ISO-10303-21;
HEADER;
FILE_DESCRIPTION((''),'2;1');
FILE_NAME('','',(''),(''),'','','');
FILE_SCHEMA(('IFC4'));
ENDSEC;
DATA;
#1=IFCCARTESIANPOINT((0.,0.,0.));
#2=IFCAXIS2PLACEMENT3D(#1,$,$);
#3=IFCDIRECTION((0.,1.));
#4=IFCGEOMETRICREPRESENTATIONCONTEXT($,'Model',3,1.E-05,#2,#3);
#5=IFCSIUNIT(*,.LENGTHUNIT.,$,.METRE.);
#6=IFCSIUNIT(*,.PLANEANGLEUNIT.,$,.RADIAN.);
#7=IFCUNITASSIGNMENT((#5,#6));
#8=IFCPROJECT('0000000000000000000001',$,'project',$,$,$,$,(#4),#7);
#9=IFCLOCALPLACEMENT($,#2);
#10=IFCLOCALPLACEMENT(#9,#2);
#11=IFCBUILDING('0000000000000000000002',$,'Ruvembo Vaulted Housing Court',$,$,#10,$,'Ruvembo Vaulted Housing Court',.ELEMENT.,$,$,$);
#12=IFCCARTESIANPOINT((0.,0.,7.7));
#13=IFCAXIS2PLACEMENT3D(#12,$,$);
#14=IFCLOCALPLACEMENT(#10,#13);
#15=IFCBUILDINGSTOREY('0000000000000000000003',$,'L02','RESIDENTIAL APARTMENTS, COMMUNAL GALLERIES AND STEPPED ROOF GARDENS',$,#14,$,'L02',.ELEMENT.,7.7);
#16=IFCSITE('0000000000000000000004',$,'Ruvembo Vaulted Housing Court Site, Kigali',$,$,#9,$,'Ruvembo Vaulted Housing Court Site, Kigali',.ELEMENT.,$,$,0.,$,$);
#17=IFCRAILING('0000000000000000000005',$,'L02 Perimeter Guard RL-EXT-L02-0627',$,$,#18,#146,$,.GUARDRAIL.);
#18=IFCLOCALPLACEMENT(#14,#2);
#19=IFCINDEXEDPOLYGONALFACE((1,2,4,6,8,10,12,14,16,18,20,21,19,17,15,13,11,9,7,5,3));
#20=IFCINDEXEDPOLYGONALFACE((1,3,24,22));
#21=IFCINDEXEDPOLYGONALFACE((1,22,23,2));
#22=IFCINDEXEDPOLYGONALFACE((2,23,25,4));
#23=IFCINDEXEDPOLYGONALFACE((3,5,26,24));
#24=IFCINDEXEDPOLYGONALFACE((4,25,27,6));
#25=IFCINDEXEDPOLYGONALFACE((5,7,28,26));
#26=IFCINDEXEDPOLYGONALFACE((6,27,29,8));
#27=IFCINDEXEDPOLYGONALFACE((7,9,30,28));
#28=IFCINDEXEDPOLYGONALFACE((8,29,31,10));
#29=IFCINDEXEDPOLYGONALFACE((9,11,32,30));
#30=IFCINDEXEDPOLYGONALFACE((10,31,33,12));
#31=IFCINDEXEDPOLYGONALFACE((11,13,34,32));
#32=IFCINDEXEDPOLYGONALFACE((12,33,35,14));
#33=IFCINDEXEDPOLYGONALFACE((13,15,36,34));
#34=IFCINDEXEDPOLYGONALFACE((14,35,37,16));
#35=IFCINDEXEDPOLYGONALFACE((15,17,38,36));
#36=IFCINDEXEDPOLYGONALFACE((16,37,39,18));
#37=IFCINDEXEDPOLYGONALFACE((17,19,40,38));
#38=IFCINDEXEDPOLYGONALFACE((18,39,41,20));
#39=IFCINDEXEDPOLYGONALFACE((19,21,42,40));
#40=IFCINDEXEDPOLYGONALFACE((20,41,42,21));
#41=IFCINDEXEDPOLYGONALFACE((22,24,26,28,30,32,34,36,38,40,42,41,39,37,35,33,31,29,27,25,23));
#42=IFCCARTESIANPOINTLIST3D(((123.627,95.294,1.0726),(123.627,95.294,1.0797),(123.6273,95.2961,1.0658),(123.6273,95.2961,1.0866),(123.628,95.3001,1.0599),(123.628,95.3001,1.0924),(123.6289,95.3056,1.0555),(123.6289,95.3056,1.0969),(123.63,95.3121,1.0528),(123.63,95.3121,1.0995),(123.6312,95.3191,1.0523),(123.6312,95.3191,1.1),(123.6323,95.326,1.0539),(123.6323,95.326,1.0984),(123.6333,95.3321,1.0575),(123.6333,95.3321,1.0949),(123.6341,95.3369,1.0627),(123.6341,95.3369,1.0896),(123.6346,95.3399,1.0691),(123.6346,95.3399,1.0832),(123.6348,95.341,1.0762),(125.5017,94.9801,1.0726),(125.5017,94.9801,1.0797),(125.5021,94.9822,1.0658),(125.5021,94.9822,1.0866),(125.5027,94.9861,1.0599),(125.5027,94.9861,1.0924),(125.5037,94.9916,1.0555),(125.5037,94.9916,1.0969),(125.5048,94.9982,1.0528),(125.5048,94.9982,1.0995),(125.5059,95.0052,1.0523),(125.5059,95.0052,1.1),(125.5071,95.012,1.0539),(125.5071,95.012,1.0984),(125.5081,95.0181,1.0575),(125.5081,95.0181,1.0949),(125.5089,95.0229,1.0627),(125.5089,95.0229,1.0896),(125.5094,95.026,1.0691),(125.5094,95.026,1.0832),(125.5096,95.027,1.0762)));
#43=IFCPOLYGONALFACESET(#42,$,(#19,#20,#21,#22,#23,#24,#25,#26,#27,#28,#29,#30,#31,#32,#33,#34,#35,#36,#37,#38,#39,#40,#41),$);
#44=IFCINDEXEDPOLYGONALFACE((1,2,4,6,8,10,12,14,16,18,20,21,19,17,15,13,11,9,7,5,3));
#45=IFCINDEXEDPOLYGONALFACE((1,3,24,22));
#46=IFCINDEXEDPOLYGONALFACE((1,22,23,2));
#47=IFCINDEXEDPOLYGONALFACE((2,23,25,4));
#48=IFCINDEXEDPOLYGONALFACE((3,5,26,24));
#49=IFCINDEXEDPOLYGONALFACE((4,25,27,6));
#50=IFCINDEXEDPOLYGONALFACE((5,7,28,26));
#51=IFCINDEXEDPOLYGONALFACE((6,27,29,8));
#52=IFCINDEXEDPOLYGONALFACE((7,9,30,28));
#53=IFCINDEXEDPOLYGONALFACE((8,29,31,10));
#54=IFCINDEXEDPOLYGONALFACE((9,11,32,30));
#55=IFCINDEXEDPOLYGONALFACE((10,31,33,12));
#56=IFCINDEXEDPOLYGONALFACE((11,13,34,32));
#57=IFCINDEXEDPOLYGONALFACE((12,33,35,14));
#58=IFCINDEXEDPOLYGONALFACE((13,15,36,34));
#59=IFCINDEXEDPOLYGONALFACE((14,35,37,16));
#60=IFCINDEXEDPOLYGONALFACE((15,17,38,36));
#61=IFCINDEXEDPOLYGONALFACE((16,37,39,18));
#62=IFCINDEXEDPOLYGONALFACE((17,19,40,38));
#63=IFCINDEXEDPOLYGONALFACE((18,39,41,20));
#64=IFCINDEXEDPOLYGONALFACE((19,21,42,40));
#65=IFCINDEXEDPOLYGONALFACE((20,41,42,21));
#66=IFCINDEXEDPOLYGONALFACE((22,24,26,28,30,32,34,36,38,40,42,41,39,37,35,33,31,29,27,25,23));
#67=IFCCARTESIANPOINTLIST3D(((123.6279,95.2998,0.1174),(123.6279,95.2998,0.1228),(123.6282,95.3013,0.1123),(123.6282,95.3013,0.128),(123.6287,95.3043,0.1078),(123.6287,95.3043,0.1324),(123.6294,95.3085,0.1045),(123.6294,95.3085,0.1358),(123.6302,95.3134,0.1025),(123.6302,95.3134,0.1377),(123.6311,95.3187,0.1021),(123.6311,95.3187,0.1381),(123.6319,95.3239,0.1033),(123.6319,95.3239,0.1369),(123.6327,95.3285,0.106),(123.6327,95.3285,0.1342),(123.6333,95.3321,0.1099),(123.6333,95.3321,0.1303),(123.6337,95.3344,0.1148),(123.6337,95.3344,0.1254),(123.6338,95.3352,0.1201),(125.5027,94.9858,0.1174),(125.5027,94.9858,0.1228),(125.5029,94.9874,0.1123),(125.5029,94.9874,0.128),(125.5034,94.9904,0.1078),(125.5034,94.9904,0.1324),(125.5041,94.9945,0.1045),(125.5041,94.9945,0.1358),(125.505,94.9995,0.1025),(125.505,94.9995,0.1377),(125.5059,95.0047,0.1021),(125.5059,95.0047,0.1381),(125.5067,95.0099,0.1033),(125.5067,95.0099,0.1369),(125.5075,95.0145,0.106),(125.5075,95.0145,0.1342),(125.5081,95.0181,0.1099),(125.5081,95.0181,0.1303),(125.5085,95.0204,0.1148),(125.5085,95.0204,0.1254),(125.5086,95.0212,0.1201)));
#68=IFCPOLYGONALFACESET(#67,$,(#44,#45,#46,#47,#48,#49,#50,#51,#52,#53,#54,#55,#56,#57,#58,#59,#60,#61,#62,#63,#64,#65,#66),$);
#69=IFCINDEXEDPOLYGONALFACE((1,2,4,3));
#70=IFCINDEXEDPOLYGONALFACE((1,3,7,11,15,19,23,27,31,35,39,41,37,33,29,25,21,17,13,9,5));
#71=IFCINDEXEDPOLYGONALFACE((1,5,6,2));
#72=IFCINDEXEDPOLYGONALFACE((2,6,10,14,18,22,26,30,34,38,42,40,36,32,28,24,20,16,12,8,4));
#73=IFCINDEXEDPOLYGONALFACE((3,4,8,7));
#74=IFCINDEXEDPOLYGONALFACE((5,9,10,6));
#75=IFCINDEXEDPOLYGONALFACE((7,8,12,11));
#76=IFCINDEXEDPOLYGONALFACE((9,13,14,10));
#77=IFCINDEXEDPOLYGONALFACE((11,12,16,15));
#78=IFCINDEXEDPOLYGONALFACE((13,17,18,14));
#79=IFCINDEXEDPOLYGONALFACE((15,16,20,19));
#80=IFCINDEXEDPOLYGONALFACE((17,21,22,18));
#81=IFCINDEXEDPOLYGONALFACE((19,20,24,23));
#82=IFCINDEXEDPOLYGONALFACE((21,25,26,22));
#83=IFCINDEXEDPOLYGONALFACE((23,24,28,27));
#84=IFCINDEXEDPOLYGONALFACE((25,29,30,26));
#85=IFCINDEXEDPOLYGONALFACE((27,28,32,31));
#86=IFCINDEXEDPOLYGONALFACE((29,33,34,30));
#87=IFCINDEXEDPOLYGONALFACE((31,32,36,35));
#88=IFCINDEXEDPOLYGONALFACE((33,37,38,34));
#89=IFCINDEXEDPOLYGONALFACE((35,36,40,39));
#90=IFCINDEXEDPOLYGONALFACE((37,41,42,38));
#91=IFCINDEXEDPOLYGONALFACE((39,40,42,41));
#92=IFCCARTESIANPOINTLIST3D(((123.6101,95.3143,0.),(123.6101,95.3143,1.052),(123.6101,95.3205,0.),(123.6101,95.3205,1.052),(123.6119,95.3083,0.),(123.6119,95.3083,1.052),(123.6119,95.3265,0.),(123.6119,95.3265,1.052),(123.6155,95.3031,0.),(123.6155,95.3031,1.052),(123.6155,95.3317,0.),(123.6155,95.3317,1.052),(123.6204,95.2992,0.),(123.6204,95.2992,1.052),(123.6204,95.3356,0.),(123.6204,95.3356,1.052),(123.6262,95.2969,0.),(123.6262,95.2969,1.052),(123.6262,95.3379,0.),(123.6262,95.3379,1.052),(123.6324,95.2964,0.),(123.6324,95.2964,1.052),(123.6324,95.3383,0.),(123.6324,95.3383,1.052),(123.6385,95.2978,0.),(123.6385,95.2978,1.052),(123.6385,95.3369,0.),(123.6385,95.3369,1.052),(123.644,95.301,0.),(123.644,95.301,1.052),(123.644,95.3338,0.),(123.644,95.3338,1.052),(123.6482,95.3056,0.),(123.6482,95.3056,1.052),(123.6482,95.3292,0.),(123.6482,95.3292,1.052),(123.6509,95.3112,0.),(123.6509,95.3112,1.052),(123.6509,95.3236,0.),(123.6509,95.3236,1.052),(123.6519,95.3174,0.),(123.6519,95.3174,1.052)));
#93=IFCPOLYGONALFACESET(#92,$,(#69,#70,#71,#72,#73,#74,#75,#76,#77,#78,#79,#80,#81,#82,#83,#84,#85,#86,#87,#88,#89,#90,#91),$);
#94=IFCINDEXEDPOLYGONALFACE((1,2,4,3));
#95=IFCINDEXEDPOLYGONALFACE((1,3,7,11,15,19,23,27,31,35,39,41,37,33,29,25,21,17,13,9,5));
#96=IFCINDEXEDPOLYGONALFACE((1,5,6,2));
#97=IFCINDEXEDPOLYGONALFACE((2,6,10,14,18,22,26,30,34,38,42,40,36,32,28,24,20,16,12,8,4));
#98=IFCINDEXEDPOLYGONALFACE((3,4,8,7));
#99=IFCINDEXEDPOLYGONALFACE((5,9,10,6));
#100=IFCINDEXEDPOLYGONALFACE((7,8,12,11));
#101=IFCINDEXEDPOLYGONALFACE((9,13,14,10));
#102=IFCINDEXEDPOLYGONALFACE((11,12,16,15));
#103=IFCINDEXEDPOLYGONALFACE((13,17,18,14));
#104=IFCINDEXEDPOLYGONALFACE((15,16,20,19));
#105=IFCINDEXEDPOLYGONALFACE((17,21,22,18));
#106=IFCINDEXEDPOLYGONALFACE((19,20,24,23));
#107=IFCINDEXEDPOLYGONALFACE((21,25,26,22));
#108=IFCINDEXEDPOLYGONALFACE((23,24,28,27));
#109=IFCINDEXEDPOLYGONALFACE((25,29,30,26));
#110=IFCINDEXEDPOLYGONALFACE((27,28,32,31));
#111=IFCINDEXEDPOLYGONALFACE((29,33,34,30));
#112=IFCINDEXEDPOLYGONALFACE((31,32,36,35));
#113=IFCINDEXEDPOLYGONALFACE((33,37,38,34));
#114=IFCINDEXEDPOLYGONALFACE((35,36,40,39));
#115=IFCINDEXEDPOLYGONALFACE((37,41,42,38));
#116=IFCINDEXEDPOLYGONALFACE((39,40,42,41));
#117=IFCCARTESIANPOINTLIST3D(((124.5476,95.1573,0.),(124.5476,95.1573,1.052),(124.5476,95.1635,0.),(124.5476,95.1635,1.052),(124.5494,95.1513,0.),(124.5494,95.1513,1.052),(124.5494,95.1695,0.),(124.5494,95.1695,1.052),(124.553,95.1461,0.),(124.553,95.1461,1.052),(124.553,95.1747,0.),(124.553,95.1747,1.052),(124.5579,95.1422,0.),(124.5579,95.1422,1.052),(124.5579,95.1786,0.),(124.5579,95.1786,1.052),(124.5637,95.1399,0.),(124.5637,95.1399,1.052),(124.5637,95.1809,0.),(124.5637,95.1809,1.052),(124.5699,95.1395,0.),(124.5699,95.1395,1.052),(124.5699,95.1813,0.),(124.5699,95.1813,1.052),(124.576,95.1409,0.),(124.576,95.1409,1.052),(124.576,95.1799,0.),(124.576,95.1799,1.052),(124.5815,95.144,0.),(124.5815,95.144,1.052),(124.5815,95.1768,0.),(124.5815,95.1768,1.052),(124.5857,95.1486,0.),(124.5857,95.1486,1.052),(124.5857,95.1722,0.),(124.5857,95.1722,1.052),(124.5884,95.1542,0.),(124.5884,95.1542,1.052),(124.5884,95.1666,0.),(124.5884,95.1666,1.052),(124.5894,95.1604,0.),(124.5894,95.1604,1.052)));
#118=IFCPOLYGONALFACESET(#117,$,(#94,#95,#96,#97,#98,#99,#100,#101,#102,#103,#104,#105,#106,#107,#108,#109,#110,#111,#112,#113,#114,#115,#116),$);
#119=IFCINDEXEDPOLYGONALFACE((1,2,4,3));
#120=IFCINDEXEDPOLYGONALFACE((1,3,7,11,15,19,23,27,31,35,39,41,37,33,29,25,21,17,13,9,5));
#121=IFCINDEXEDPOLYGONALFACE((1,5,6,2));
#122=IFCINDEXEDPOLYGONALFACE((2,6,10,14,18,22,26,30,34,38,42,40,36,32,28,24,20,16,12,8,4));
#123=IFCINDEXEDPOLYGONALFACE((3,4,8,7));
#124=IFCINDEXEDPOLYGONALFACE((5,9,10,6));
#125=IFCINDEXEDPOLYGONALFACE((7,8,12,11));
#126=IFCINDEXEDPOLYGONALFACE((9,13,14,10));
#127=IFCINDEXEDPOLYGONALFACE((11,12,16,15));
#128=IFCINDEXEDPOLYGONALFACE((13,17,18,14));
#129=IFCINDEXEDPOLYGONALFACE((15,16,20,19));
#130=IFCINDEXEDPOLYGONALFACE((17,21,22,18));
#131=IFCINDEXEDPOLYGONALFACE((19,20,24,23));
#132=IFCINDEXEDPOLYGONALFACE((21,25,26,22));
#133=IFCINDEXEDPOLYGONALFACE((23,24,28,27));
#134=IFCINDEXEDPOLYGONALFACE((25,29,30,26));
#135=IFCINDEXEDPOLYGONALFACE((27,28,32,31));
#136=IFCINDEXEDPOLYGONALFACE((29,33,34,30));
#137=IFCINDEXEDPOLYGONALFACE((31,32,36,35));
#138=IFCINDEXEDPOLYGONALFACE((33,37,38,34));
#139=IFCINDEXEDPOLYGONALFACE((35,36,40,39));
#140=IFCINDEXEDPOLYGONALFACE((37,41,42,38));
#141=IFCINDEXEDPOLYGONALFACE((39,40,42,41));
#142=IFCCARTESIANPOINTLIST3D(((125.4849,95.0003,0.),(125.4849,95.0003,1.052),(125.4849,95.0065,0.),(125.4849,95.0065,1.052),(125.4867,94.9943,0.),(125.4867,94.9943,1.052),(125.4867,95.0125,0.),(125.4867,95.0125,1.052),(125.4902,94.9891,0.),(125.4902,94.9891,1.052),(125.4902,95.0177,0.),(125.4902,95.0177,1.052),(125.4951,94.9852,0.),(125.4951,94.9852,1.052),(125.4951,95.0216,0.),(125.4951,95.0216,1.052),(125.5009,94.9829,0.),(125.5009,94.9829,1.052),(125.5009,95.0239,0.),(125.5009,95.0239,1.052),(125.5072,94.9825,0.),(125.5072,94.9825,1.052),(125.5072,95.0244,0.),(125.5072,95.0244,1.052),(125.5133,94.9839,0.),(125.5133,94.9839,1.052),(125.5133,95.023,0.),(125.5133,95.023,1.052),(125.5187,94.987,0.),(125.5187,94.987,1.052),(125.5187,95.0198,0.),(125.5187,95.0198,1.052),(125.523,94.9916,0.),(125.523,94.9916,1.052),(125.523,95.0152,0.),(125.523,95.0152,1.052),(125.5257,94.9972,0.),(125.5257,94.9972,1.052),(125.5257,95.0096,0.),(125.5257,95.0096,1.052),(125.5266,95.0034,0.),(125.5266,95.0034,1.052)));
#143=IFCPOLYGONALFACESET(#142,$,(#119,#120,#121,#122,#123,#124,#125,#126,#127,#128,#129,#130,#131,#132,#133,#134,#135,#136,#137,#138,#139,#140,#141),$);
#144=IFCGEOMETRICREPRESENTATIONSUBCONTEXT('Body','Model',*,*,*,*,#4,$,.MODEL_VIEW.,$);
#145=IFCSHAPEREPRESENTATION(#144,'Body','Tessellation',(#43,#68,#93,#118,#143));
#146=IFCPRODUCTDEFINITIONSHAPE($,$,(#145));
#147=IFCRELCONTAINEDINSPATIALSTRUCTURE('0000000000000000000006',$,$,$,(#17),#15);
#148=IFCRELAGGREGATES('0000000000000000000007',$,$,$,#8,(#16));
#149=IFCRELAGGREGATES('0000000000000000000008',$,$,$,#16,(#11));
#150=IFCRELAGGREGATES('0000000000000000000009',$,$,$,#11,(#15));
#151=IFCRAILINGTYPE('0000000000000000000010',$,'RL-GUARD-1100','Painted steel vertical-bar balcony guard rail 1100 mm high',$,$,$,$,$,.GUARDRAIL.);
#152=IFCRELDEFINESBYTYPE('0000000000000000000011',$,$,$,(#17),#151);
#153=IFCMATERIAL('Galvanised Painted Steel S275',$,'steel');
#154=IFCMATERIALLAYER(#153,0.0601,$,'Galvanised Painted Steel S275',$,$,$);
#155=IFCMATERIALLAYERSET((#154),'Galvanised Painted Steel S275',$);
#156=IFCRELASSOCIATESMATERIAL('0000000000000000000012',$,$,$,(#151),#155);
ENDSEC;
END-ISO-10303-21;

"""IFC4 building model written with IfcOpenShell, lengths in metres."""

from ifc_helpers import new_model, si_unit, direction, frame, origin, origin_2d, place, context, subcontext, project, spatial, circle, extrude, material, layer, layer_set, type_object, element, save


model = new_model("IFC4")

# Units and contexts
model_context = context("Model", 3, precision=1e-05, world=origin(), true_north=direction((0.0, 1.0)))
body_context = subcontext(model_context, "Body", "Model", "MODEL_VIEW")
ifc_project = project(units=[si_unit("LENGTHUNIT", "METRE"), si_unit("PLANEANGLEUNIT", "RADIAN")], contexts=[model_context])

# Site, building, storey
site_placement = place(None, origin())
site = spatial("IfcSite", under=ifc_project, at=site_placement, Name="Ruvembo Vaulted Housing Court Site, Kigali", LongName="Ruvembo Vaulted Housing Court Site, Kigali", CompositionType="ELEMENT", RefElevation=0.0)
building_placement = place(site_placement, origin())
building = spatial("IfcBuilding", under=site, at=building_placement, Name="Ruvembo Vaulted Housing Court", LongName="Ruvembo Vaulted Housing Court", CompositionType="ELEMENT")
storey_placement = place(building_placement, frame((0.0, 0.0, 7.7)))
storey = spatial("IfcBuildingStorey", under=building, at=storey_placement, Name="L02", Description="RESIDENTIAL APARTMENTS, COMMUNAL GALLERIES AND STEPPED ROOF GARDENS", LongName="L02", CompositionType="ELEMENT", Elevation=7.7)

# Railing
ifc_material_1 = material(Name="Galvanised Painted Steel S275", Category="steel")
ifc_layer_1 = layer(ifc_material_1, 0.0601, Name="Galvanised Painted Steel S275")
ifc_layer_set_1 = layer_set([ifc_layer_1], Name="Galvanised Painted Steel S275")
railing_type = type_object("IfcRailingType", Name="RL-GUARD-1100", Description="Painted steel vertical-bar balcony guard rail 1100 mm high", PredefinedType="GUARDRAIL", material=ifc_layer_set_1)
railing_1_placement = place(storey_placement, frame((123.6309, 95.3174, 0.0)))
element("IfcRailing", 1, at=railing_1_placement, inside=storey, type_object=railing_type, Name="L02 Perimeter Guard RL-EXT-L02-0627", PredefinedType="GUARDRAIL", context=body_context, shape_type="SweptSolid", body=[
    extrude(circle(Radius=0.0239, at=origin_2d()), frame((0.0, 0.0, 1.0762), z_axis=(0.986265, -0.16517, 0.0), x_axis=(0.16517, 0.986265, 0.0)), (0.0, 0.0, 1.0), 1.9009),
    extrude(circle(Radius=0.0181, at=origin_2d()), frame((0.0, 0.0, 0.1201), z_axis=(0.986265, -0.16517, 0.0), x_axis=(0.16517, 0.986265, 0.0)), (0.0, 0.0, 1.0), 1.9009),
    extrude(circle(Radius=0.021, at=origin_2d()), origin(), (0.0, 0.0, 1.0), 1.052),
    extrude(circle(Radius=0.021, at=origin_2d()), frame((0.9375, -0.157, 0.0)), (0.0, 0.0, 1.0), 1.052),
    extrude(circle(Radius=0.021, at=origin_2d()), frame((1.8748, -0.314, 0.0)), (0.0, 0.0, 1.0), 1.052),
])

save(model, "model.ifc")
